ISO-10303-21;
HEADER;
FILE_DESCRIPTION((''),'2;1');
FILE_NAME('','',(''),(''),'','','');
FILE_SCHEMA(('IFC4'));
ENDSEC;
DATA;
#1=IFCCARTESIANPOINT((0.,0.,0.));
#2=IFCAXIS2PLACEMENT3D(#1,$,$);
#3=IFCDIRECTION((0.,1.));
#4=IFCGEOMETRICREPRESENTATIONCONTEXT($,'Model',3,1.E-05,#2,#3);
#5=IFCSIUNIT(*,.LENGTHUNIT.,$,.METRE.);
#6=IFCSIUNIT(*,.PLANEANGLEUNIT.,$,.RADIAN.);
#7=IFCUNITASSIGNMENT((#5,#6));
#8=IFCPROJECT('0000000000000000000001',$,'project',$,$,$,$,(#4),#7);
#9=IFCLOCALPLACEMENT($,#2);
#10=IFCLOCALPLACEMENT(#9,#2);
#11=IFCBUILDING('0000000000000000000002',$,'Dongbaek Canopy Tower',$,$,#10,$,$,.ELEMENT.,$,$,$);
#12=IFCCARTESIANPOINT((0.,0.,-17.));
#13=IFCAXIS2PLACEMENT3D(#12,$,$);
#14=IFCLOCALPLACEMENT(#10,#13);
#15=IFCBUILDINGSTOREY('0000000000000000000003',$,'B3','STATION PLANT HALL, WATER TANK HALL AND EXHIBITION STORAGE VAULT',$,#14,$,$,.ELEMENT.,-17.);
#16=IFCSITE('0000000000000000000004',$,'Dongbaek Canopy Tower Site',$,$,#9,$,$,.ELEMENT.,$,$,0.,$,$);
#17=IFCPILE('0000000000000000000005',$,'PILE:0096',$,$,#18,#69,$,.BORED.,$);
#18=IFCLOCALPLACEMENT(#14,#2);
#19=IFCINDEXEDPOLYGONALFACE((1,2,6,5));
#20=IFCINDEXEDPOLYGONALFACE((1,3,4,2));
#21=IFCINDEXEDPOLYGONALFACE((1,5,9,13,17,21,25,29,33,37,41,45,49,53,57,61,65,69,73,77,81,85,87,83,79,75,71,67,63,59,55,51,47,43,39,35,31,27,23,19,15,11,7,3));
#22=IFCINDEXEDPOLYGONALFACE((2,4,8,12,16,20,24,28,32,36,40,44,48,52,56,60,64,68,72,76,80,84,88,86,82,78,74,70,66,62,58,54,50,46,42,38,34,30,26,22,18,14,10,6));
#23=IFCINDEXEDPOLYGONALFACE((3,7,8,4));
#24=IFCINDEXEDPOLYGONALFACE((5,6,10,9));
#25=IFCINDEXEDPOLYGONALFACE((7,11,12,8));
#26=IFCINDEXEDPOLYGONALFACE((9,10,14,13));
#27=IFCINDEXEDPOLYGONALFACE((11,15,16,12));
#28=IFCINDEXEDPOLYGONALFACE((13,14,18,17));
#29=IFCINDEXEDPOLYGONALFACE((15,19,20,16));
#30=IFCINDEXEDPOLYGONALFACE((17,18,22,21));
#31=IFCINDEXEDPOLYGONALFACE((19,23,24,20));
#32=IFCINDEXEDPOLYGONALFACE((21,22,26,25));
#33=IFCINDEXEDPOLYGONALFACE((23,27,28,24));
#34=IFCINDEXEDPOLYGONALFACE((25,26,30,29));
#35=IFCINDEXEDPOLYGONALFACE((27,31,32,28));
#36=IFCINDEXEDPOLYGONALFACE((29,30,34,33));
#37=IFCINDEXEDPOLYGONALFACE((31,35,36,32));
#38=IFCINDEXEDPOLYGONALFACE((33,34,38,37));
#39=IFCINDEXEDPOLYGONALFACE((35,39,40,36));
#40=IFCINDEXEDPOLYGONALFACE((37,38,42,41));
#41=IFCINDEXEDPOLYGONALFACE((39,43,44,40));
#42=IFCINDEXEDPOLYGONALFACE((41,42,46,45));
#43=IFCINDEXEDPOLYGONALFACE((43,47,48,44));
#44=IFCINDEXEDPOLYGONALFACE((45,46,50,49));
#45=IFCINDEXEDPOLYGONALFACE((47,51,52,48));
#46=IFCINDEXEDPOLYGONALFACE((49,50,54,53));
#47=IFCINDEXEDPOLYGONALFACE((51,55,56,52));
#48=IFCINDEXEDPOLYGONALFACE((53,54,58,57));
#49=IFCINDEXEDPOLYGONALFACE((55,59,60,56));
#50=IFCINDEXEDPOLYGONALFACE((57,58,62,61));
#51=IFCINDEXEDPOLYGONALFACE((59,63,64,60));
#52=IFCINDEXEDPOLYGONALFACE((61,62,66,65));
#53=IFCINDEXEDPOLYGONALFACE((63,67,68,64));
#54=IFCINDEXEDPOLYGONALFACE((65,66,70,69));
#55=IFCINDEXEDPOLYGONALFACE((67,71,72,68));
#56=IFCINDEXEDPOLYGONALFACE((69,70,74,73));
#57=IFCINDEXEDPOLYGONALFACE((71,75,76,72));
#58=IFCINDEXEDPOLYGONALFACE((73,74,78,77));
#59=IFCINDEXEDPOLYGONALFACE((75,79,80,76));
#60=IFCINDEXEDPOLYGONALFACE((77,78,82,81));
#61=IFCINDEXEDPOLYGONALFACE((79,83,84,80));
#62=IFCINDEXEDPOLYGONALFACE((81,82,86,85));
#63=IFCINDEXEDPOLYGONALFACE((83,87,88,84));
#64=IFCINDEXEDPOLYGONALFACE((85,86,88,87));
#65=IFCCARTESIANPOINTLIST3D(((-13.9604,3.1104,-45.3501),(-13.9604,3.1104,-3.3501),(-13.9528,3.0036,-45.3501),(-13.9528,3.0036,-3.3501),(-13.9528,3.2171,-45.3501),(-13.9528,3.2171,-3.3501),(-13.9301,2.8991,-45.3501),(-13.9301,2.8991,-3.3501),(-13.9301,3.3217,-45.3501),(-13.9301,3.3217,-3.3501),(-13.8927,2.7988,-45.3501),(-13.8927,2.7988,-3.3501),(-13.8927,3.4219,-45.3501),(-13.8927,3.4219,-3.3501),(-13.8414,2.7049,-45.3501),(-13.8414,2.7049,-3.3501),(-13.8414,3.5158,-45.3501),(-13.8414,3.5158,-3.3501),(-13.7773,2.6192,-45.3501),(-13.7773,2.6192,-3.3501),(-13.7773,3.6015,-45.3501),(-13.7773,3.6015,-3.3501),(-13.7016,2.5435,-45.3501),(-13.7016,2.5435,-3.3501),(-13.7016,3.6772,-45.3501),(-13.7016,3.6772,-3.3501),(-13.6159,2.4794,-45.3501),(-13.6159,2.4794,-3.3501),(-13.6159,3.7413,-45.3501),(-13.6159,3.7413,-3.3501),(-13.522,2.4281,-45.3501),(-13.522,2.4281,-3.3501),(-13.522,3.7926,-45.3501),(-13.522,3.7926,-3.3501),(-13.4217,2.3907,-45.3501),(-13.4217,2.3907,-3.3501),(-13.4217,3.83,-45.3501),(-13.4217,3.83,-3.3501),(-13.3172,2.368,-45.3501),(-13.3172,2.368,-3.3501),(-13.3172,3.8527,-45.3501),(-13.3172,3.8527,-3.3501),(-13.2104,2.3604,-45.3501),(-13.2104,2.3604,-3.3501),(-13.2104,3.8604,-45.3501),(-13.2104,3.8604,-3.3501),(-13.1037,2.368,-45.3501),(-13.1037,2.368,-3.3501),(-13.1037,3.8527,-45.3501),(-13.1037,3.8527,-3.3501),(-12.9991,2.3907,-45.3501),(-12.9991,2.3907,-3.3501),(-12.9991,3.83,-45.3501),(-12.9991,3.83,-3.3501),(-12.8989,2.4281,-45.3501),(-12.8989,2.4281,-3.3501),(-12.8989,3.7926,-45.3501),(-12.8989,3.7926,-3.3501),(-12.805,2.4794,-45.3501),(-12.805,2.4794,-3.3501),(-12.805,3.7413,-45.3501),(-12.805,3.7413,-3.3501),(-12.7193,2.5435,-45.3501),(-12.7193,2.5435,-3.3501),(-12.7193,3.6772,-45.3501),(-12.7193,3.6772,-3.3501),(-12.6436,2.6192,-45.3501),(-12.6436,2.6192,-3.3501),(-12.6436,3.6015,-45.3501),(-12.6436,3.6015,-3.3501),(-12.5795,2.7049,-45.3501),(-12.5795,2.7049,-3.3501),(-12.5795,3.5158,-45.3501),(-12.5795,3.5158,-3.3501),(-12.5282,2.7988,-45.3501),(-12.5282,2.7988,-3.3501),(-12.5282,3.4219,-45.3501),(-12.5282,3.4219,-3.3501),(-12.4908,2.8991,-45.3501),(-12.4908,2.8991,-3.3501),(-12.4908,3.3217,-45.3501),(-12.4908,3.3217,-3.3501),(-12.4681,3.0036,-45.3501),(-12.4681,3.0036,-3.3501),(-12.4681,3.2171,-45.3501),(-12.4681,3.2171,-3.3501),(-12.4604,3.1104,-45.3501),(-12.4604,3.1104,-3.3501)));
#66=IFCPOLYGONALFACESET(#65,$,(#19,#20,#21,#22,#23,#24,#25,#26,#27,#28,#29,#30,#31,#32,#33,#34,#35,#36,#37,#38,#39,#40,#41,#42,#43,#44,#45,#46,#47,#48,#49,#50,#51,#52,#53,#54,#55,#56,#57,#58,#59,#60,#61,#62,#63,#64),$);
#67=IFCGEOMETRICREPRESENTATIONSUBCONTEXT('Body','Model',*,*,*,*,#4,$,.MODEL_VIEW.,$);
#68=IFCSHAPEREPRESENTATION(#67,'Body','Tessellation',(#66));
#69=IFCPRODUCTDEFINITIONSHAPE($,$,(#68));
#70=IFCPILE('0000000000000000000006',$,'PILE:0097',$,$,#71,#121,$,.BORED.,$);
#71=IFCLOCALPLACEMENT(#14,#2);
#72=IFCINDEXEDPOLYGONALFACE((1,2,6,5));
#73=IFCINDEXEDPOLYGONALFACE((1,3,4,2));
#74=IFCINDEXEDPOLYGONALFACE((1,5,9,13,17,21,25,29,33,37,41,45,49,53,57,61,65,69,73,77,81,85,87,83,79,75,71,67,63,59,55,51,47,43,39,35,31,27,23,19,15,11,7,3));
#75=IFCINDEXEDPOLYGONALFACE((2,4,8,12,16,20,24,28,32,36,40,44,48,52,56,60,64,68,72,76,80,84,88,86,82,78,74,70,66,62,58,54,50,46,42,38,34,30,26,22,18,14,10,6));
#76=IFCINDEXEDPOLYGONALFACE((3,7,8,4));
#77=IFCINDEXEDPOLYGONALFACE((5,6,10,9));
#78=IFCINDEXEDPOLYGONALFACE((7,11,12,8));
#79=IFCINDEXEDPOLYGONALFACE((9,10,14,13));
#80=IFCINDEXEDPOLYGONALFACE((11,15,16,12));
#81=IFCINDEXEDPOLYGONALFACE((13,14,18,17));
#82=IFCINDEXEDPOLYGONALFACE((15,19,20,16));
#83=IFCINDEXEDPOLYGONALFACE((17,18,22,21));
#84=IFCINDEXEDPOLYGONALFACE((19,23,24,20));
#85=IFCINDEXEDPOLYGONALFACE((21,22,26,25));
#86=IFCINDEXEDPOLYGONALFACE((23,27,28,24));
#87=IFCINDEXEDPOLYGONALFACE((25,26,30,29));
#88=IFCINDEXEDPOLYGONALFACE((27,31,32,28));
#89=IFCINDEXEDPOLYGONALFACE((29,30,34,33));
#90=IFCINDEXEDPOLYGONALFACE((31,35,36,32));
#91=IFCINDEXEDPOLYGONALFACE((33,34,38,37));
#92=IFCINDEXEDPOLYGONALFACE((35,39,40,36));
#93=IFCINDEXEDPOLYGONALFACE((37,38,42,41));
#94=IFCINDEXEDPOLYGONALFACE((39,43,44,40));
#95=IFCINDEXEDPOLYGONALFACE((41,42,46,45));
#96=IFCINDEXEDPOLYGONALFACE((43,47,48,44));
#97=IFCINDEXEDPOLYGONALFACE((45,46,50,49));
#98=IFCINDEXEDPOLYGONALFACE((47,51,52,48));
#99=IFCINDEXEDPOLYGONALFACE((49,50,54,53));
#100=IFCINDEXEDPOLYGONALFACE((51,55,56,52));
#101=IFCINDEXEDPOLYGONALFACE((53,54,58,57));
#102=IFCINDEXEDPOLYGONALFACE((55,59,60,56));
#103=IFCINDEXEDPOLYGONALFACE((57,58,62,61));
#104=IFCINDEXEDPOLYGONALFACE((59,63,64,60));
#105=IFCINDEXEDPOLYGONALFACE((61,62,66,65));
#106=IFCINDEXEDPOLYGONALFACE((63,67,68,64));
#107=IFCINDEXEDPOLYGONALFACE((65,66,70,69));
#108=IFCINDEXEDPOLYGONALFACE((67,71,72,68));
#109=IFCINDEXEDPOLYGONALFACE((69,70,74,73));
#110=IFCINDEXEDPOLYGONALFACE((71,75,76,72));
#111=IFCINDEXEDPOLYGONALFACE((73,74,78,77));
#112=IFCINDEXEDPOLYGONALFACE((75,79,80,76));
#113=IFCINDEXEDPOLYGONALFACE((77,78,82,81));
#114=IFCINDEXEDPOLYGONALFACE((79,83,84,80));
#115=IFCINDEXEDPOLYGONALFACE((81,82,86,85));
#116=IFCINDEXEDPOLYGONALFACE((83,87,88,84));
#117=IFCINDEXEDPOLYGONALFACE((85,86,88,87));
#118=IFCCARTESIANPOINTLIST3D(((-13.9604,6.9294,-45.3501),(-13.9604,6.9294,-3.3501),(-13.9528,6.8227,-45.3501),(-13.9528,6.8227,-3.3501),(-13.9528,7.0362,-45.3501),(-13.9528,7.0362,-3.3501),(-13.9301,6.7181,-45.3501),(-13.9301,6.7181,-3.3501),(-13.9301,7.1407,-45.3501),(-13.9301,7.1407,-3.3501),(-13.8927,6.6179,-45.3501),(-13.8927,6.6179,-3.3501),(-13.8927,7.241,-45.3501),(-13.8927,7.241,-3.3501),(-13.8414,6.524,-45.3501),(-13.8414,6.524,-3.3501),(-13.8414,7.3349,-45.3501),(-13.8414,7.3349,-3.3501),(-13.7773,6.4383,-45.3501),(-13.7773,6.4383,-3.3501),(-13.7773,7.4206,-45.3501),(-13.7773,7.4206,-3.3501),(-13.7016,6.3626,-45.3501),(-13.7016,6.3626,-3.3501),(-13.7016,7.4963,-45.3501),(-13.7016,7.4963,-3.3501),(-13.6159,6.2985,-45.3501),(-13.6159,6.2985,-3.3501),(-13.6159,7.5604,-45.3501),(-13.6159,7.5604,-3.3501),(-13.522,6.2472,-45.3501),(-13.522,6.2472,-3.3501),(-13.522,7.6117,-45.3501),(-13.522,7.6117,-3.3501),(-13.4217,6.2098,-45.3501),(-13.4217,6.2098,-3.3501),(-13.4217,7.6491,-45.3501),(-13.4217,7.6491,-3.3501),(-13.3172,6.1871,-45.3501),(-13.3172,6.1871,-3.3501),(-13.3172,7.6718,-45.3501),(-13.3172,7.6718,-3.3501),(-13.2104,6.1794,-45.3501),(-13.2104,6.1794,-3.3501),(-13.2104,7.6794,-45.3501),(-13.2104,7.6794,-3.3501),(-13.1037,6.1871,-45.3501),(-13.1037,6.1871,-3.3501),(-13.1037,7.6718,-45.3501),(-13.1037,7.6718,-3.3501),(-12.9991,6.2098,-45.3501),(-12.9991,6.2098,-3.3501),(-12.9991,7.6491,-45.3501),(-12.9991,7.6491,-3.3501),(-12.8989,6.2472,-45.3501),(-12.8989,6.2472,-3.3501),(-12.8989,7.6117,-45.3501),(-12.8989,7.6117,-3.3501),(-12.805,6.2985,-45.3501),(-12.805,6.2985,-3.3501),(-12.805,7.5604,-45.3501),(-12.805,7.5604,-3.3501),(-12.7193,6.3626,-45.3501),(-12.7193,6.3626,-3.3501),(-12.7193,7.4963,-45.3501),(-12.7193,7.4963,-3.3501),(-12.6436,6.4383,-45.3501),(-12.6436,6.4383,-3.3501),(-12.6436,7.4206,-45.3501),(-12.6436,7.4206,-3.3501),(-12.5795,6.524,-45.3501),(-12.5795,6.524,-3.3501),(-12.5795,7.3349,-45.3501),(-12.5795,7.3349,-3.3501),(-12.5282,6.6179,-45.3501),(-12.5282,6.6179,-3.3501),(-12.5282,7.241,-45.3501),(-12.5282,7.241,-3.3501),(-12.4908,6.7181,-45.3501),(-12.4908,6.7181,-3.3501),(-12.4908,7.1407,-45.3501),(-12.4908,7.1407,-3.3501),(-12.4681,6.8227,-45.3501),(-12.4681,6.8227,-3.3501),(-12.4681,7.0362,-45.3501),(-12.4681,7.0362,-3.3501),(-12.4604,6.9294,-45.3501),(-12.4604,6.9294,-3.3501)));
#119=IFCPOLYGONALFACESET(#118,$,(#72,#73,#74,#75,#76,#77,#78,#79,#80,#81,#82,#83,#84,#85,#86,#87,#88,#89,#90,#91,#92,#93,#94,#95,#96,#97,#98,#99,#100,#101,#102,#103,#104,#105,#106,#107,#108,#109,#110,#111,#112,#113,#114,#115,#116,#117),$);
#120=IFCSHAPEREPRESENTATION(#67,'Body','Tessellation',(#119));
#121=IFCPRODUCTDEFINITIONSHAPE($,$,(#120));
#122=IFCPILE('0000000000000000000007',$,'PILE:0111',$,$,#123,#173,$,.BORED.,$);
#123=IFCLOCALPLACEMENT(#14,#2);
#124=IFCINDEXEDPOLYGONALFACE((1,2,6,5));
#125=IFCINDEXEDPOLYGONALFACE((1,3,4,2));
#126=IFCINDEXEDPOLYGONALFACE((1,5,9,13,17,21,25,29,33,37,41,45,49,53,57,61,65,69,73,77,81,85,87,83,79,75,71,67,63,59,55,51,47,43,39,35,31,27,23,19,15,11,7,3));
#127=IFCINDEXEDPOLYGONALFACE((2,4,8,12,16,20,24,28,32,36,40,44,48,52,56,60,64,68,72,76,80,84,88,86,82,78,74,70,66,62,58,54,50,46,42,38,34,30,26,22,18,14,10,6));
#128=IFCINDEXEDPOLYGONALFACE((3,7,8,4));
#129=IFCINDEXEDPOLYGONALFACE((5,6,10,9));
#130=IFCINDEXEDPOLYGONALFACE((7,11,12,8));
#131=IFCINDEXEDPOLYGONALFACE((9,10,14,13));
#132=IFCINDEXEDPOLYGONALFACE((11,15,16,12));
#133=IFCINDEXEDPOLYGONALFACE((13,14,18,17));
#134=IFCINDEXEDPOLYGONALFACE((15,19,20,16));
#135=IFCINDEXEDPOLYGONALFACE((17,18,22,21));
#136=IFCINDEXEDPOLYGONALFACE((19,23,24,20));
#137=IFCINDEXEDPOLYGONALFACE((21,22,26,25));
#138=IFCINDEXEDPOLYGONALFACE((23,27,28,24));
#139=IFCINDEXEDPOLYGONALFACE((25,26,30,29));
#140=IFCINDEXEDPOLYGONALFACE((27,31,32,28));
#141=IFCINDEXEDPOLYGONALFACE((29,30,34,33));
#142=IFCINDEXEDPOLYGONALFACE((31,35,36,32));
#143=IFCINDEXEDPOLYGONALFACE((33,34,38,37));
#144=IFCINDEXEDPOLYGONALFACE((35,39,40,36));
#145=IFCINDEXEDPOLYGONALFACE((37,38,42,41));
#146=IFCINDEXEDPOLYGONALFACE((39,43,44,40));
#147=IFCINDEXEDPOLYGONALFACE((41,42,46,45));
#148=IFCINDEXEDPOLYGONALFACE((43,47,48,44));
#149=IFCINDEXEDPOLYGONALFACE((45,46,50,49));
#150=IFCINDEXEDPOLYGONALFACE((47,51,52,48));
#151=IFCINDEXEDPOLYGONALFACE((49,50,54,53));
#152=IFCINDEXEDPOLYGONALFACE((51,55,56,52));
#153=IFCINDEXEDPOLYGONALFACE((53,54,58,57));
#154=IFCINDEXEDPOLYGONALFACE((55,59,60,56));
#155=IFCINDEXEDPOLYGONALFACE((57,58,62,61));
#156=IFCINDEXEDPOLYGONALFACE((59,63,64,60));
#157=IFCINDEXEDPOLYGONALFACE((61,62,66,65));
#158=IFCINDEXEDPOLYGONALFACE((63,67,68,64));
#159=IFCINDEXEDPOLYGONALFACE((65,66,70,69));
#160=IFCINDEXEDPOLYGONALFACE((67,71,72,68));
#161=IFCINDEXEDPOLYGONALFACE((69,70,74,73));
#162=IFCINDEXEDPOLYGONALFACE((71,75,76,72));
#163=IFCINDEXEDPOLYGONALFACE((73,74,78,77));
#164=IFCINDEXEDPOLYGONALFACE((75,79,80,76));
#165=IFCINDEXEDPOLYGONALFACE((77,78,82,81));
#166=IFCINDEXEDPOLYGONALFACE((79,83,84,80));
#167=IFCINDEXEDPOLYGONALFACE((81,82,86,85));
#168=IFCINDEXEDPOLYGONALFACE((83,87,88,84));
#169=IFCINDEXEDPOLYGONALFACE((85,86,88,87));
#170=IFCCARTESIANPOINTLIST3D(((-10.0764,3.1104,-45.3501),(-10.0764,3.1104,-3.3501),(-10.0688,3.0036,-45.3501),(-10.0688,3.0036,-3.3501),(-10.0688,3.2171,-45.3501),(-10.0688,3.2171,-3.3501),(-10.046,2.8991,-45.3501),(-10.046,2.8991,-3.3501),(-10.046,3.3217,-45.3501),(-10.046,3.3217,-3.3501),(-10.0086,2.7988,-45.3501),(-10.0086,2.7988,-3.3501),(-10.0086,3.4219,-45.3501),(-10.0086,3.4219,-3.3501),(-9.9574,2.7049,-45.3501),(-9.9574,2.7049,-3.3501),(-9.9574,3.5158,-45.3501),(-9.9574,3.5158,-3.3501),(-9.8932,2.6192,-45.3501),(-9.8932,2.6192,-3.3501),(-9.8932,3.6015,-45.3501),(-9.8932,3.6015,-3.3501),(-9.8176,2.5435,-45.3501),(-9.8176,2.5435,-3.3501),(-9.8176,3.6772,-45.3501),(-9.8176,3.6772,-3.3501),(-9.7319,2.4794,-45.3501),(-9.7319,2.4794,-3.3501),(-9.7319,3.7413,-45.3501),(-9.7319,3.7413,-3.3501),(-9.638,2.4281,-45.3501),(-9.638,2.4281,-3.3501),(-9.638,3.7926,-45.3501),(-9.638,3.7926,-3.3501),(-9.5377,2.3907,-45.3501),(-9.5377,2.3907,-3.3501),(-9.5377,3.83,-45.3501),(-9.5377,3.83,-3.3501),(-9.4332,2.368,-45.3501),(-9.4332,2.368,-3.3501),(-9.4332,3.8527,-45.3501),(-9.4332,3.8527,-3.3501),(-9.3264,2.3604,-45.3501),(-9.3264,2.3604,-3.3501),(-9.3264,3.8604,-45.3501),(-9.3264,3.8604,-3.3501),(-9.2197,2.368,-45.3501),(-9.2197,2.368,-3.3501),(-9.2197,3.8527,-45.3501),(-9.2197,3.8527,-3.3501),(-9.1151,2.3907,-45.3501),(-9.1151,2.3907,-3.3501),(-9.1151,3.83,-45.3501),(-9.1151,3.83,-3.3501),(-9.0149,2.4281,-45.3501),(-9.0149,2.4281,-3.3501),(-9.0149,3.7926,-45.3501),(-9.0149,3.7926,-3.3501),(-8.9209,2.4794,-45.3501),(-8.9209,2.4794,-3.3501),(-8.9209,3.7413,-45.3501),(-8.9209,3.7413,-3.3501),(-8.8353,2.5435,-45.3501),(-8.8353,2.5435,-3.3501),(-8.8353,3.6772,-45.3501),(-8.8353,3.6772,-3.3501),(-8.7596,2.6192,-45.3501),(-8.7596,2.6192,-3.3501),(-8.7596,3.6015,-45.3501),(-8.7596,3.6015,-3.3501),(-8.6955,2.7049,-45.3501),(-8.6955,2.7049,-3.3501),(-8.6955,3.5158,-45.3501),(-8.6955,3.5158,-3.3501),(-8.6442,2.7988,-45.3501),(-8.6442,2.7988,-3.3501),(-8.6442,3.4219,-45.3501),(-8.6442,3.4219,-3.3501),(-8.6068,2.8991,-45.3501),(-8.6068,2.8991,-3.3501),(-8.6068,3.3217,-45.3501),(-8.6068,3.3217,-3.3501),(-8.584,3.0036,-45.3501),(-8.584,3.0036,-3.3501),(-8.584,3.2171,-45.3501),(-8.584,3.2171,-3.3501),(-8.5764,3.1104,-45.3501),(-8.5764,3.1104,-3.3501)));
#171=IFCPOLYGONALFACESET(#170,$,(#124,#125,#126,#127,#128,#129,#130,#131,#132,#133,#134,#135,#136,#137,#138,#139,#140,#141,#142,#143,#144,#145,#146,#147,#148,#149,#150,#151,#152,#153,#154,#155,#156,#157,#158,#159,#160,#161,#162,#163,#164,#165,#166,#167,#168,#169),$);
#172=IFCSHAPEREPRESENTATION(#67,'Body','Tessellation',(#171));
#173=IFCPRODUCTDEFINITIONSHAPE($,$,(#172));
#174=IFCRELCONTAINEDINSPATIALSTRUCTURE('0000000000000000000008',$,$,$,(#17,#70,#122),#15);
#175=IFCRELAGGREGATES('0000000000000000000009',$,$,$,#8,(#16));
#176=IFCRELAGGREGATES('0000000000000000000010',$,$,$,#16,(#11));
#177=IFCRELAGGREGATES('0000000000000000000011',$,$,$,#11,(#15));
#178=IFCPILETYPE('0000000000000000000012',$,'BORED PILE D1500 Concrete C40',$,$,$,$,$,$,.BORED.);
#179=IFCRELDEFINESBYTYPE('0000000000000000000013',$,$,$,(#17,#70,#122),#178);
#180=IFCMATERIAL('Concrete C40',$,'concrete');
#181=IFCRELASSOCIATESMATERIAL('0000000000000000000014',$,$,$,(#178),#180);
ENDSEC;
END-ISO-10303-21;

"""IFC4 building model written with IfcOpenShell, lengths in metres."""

from ifc_helpers import new_model, si_unit, direction, frame, origin, origin_2d, place, context, subcontext, project, spatial, circle, extrude, material, material_profile, profile_set, type_object, element, save


model = new_model("IFC4")

# Units and contexts
model_context = context("Model", 3, precision=1e-05, world=origin(), true_north=direction((0.0, 1.0)))
body_context = subcontext(model_context, "Body", "Model", "MODEL_VIEW")
ifc_project = project(units=[si_unit("LENGTHUNIT", "METRE"), si_unit("PLANEANGLEUNIT", "RADIAN")], contexts=[model_context])

# Site, building, storey
site_placement = place(None, origin())
site = spatial("IfcSite", under=ifc_project, at=site_placement, Name="Dongbaek Canopy Tower Site", CompositionType="ELEMENT", RefElevation=0.0)
building_placement = place(site_placement, origin())
building = spatial("IfcBuilding", under=site, at=building_placement, Name="Dongbaek Canopy Tower", CompositionType="ELEMENT")
storey_placement = place(building_placement, frame((0.0, 0.0, -17.0)))
storey = spatial("IfcBuildingStorey", under=building, at=storey_placement, Name="B3", Description="STATION PLANT HALL, WATER TANK HALL AND EXHIBITION STORAGE VAULT", CompositionType="ELEMENT", Elevation=-17.0)

# Piles
ifc_material_1 = material(Name="Concrete C40", Category="concrete")
ifc_material_profile = material_profile(ifc_material_1, circle(Radius=0.75, at=origin_2d()), Name="BORED PILE D1500 Concrete C40")
ifc_profile_set = profile_set([ifc_material_profile], Name="Concrete C40")
pile_type = type_object("IfcPileType", Name="BORED PILE D1500 Concrete C40", PredefinedType="BORED", material=ifc_profile_set)
for number, where, z_axis, x_axis, name in (
    (1, (-13.2104, 3.1104, -3.3501), (0.0, 0.0, -1.0), (1.0, 0.0, 0.0), "PILE:0096"),
    (2, (-13.2104, 6.9294, -3.3501), (0.0, 0.0, -1.0), (1.0, 0.0, 0.0), "PILE:0097"),
    (3, (-9.3264, 3.1104, -3.3501), (0.0, 0.0, -1.0), (1.0, 0.0, 0.0), "PILE:0111"),
):
    element("IfcPile", number, at=place(storey_placement, frame(where, z_axis=z_axis, x_axis=x_axis)), inside=storey, type_object=pile_type, Name=name, PredefinedType="BORED", context=body_context, shape_type="SweptSolid", body=[
        extrude(circle(Radius=0.75, at=origin_2d()), origin(), (0.0, 0.0, 1.0), 42.0),
    ])

save(model, "model.ifc")
